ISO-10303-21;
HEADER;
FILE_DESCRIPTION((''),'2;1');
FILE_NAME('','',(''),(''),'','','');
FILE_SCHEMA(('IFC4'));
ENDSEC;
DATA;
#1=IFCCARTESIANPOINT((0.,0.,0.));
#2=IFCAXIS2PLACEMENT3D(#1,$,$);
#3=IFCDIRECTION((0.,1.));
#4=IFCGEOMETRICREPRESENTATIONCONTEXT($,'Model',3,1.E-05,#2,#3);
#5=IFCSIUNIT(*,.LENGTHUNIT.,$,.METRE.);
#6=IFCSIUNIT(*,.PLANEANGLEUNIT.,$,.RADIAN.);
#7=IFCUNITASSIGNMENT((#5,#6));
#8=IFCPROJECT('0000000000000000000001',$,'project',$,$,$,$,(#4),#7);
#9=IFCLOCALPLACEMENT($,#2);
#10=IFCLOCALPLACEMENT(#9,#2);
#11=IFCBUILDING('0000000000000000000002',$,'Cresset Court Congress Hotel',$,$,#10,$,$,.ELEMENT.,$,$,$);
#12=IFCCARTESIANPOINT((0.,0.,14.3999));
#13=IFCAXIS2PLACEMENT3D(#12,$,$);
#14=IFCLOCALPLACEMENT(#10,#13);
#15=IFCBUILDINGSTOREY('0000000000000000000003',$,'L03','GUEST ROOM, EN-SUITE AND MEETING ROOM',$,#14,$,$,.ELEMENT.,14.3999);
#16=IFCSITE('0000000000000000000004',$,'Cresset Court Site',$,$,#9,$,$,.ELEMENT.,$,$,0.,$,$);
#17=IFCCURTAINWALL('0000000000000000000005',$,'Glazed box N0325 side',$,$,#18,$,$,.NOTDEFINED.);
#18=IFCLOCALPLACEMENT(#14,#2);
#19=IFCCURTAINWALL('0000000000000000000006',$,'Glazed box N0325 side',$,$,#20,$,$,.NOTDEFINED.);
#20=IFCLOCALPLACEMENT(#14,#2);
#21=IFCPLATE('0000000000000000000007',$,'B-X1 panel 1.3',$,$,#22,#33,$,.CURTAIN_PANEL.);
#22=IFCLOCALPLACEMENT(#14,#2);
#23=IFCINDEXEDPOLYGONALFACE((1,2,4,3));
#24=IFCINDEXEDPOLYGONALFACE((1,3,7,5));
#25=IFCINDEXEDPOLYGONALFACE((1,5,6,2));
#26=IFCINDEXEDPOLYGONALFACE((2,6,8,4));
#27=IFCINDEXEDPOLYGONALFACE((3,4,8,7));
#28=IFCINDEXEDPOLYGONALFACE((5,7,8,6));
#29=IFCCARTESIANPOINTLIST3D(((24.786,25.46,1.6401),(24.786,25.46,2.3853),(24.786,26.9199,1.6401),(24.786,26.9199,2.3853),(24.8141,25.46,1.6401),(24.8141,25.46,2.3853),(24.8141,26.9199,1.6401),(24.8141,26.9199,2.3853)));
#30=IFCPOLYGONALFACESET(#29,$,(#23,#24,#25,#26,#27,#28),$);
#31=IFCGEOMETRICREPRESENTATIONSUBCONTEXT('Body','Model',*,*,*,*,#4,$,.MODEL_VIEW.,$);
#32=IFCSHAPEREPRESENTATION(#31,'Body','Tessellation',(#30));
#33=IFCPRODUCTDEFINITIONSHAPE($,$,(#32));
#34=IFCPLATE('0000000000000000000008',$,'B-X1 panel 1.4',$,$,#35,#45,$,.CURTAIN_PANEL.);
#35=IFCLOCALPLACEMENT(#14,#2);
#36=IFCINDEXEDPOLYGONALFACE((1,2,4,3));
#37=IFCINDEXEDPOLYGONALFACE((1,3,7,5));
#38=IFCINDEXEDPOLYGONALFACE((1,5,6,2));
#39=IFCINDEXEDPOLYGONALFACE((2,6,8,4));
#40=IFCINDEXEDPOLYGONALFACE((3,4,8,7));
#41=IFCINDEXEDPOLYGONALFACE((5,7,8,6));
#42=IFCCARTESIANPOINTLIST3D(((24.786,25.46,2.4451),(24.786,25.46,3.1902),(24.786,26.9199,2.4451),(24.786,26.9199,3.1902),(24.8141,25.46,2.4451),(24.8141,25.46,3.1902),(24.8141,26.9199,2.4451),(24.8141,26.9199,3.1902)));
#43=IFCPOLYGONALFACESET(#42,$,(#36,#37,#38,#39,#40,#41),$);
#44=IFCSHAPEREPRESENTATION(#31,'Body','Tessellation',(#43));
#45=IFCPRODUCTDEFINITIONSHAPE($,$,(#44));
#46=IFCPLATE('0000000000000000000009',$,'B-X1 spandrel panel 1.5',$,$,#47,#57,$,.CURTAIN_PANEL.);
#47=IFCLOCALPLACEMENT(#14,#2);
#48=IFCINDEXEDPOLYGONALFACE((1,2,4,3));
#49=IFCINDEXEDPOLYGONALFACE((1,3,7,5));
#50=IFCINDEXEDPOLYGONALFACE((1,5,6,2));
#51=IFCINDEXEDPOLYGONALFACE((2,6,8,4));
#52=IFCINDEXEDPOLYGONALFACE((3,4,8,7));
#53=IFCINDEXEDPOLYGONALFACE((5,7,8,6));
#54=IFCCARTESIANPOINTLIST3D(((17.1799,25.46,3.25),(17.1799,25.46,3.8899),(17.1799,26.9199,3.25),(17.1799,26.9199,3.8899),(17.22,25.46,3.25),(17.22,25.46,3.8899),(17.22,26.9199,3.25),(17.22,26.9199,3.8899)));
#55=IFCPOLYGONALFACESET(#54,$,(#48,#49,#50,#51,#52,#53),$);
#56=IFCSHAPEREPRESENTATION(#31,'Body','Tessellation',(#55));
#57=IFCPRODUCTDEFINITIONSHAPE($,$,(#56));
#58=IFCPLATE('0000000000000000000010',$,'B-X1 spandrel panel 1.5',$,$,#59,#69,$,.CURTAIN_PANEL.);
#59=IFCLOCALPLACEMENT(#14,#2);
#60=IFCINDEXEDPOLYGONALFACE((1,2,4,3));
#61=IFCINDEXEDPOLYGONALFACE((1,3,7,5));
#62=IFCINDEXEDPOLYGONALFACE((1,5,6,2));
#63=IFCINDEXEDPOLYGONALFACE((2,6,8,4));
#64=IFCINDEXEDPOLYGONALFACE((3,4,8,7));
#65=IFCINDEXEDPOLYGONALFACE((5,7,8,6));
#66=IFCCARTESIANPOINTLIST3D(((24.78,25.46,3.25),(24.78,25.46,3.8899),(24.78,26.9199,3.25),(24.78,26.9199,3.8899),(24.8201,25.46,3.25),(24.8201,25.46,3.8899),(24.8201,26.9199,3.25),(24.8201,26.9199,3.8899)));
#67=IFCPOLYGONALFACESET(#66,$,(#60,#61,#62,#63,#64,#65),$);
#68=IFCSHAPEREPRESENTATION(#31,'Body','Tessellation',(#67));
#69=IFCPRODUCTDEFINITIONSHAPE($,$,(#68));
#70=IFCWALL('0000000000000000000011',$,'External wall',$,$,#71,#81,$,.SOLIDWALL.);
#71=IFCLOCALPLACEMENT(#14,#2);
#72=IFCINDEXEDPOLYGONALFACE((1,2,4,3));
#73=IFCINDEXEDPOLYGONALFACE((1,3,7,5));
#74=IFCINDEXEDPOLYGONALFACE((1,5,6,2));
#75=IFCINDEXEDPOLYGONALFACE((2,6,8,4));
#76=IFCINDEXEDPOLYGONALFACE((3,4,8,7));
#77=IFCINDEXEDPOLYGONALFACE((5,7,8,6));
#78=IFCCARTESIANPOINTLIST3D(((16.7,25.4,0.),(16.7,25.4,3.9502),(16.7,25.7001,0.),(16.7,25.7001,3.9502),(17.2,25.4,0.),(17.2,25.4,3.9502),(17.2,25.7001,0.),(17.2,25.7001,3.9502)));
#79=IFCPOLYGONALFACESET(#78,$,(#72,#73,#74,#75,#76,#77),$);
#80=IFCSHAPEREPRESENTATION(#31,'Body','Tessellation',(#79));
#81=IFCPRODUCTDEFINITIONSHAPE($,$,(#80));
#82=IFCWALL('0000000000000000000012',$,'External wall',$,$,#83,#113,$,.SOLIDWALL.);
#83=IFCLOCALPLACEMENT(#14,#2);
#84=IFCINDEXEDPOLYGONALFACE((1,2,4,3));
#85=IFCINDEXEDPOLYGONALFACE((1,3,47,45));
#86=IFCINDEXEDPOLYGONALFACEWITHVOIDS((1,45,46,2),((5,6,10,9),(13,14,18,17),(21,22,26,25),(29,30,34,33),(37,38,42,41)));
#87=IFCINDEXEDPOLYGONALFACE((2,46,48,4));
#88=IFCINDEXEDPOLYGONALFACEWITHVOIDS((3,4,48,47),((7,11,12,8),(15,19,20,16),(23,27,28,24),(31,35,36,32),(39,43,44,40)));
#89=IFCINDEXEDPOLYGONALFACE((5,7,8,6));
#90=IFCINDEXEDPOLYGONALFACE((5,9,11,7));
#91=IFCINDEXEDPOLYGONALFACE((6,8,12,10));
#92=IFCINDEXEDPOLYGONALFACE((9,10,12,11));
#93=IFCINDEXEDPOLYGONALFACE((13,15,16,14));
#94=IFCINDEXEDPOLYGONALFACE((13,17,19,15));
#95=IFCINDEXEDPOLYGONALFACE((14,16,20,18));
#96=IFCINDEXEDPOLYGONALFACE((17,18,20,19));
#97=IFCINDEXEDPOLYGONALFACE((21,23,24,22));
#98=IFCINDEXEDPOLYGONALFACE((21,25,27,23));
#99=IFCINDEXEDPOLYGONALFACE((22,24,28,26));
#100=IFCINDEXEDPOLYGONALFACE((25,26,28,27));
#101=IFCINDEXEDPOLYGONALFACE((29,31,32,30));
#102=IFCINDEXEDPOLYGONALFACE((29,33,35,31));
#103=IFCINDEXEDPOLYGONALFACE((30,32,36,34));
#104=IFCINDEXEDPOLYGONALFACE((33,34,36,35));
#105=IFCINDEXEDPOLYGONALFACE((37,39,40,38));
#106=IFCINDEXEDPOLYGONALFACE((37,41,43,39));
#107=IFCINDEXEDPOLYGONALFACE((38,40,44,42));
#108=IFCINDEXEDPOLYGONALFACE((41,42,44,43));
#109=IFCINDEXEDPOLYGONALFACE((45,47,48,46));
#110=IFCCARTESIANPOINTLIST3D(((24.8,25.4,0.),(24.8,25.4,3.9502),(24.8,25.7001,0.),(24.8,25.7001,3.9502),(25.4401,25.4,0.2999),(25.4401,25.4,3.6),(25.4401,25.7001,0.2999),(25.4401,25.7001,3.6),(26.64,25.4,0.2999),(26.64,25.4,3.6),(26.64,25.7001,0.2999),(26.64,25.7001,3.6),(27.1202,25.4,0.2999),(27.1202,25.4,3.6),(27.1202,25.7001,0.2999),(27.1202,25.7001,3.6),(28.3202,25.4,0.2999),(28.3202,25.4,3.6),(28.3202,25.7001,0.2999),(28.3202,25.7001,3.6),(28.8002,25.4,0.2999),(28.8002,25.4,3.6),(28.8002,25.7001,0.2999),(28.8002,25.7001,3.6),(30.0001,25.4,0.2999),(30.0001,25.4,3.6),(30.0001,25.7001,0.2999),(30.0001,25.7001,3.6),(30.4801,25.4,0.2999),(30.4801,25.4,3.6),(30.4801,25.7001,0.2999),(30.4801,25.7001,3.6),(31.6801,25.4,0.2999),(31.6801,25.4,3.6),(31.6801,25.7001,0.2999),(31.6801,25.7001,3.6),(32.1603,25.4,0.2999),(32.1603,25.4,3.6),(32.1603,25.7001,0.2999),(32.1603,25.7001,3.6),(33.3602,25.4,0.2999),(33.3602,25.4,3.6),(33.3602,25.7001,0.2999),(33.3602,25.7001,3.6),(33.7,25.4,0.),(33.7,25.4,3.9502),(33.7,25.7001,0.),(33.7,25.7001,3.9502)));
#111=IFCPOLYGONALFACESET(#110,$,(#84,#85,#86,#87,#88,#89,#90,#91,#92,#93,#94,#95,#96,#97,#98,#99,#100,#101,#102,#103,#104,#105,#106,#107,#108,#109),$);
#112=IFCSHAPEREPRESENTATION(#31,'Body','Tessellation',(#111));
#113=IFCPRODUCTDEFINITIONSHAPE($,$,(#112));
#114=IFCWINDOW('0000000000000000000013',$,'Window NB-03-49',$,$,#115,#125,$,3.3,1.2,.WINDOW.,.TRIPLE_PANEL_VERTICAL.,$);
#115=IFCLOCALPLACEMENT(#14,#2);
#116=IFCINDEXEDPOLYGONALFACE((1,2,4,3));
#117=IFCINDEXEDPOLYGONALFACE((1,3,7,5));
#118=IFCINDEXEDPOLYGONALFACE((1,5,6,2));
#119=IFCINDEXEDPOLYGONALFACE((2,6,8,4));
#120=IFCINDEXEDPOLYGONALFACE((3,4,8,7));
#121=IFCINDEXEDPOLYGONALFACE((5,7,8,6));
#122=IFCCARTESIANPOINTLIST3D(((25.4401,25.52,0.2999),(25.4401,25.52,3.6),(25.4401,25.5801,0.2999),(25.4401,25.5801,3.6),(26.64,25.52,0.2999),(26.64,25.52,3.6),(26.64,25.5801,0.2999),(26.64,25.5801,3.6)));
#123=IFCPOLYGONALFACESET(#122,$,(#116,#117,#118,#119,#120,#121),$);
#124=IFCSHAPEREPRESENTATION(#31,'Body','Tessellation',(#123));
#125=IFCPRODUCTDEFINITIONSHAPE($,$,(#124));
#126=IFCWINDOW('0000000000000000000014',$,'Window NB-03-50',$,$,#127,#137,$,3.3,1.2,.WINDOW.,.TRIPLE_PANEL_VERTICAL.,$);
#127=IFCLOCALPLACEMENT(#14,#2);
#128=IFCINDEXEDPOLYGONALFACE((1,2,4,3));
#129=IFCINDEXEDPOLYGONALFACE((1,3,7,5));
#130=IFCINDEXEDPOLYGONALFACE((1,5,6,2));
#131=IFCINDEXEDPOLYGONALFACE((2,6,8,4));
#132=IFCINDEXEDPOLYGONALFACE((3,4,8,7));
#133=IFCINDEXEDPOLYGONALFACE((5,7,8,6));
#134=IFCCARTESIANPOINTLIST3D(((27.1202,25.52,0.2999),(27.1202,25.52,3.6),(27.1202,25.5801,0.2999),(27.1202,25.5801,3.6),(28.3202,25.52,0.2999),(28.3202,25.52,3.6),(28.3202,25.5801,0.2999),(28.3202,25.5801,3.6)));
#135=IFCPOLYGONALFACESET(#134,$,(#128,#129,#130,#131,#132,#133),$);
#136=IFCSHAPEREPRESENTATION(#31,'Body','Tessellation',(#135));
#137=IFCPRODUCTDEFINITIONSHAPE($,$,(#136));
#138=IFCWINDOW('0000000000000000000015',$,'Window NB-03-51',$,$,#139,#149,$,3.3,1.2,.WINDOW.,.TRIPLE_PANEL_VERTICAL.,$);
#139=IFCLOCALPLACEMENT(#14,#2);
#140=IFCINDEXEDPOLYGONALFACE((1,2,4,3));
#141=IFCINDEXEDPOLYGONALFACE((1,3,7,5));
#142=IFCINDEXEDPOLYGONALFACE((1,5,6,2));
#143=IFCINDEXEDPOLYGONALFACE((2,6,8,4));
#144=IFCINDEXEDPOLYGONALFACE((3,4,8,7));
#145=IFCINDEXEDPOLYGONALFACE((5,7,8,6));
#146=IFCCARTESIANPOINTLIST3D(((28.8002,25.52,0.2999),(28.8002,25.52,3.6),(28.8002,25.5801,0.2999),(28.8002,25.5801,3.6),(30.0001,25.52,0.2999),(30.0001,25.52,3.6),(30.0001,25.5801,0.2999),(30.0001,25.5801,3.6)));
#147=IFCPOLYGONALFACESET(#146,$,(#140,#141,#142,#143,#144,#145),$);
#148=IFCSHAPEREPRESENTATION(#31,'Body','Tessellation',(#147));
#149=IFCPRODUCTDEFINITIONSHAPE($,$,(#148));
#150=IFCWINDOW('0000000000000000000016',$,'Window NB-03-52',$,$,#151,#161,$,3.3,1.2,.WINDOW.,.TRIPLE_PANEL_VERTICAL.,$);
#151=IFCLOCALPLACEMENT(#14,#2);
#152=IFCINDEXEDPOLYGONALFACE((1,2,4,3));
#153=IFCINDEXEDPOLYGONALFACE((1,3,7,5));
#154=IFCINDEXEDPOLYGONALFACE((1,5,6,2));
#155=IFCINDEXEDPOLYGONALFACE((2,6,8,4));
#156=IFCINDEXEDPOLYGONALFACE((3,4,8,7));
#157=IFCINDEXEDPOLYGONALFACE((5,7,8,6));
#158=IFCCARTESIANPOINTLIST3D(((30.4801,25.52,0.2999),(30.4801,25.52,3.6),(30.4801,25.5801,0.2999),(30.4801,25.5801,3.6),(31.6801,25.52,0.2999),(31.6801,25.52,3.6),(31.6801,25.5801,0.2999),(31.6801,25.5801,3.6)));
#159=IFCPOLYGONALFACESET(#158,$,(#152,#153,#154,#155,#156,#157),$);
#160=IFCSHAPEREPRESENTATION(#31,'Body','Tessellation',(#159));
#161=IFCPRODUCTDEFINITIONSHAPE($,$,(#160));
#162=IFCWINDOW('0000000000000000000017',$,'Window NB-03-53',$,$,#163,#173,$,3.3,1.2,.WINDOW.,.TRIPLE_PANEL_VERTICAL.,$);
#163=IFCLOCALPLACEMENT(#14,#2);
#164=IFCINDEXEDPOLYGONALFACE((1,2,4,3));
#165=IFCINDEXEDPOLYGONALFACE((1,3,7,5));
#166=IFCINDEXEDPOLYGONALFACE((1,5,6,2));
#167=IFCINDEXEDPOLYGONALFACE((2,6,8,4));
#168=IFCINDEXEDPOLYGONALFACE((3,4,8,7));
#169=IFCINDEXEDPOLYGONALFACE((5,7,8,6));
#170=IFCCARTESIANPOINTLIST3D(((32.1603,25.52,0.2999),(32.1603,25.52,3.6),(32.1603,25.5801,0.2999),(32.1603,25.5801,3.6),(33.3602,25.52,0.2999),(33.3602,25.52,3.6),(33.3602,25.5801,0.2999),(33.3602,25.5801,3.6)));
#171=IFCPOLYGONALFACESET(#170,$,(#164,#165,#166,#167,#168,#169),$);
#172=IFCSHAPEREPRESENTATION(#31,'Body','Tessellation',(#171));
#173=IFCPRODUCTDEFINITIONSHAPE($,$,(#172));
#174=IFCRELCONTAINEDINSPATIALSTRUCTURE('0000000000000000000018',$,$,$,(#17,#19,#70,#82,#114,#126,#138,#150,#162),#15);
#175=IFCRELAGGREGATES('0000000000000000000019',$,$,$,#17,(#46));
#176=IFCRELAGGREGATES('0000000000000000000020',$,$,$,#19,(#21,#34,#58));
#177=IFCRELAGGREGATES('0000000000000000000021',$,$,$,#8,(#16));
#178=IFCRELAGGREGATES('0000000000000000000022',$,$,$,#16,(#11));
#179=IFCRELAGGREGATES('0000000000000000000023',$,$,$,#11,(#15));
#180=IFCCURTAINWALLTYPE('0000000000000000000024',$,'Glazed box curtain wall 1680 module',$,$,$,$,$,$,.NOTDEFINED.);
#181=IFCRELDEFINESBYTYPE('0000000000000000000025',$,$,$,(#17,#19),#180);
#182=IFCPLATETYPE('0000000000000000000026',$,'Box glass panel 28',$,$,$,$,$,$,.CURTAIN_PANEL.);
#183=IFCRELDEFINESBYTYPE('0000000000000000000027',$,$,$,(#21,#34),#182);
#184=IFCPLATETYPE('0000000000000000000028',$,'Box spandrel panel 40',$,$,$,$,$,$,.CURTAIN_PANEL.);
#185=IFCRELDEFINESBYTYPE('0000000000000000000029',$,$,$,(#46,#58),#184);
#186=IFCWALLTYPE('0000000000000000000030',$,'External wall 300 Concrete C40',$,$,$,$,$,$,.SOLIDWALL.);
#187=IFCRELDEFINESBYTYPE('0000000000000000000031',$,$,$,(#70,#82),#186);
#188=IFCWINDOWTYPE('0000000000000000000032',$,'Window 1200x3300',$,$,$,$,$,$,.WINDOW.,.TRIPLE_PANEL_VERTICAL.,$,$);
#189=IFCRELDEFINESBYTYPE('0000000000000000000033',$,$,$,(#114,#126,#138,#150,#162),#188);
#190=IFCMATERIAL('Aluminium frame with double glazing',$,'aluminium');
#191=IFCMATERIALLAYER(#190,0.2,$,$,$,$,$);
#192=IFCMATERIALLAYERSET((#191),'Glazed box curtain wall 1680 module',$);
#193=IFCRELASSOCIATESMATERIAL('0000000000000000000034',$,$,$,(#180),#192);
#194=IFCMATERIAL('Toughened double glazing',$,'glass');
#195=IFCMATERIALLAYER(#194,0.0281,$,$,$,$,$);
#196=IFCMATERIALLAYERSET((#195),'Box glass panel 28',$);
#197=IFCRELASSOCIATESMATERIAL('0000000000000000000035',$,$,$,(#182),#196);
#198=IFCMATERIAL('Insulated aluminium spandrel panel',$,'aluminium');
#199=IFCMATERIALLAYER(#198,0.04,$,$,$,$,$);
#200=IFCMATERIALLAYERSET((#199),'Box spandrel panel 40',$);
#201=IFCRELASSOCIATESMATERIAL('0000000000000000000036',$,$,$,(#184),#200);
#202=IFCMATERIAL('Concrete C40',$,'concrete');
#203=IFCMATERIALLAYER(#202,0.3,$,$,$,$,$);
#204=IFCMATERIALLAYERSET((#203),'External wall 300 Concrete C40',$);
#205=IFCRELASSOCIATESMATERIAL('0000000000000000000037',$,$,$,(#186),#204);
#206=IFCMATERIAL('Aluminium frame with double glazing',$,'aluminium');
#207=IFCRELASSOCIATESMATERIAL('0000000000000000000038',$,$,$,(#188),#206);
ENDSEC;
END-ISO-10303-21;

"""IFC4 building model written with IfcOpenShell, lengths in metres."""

from ifc_helpers import new_model, si_unit, direction, frame, frame_2d, origin, origin_2d, place, context, subcontext, project, spatial, rectangle, extrude, material, layer, layer_set, type_object, element, fill, aggregate, save


model = new_model("IFC4")

# Units and contexts
model_context = context("Model", 3, precision=1e-05, world=origin(), true_north=direction((0.0, 1.0)))
body_context = subcontext(model_context, "Body", "Model", "MODEL_VIEW")
ifc_project = project(units=[si_unit("LENGTHUNIT", "METRE"), si_unit("PLANEANGLEUNIT", "RADIAN")], contexts=[model_context])

# Site, building, storey
site_placement = place(None, origin())
site = spatial("IfcSite", under=ifc_project, at=site_placement, Name="Cresset Court Site", CompositionType="ELEMENT", RefElevation=0.0)
building_placement = place(site_placement, origin())
building = spatial("IfcBuilding", under=site, at=building_placement, Name="Cresset Court Congress Hotel", CompositionType="ELEMENT")
storey_placement = place(building_placement, frame((0.0, 0.0, 14.3999)))
storey = spatial("IfcBuildingStorey", under=building, at=storey_placement, Name="L03", Description="GUEST ROOM, EN-SUITE AND MEETING ROOM", CompositionType="ELEMENT", Elevation=14.3999)

# Curtain walls
ifc_material_1 = material(Name="Aluminium frame with double glazing", Category="aluminium")
ifc_layer_1 = layer(ifc_material_1, 0.2)
ifc_layer_set_1 = layer_set([ifc_layer_1], Name="Glazed box curtain wall 1680 module")
curtain_wall_type = type_object("IfcCurtainWallType", Name="Glazed box curtain wall 1680 module", PredefinedType="NOTDEFINED", material=ifc_layer_set_1)
curtain_wall_1_placement = place(storey_placement, origin())
curtain_wall_1 = element("IfcCurtainWall", 1, at=curtain_wall_1_placement, inside=storey, type_object=curtain_wall_type, Name="Glazed box N0325 side", PredefinedType="NOTDEFINED")
curtain_wall_2_placement = place(storey_placement, origin())
curtain_wall_2 = element("IfcCurtainWall", 2, at=curtain_wall_2_placement, inside=storey, type_object=curtain_wall_type, Name="Glazed box N0325 side", PredefinedType="NOTDEFINED")

# Plates
ifc_material_2 = material(Name="Toughened double glazing", Category="glass")
ifc_layer_2 = layer(ifc_material_2, 0.0281)
ifc_layer_set_2 = layer_set([ifc_layer_2], Name="Box glass panel 28")
plate_type_1 = type_object("IfcPlateType", Name="Box glass panel 28", PredefinedType="CURTAIN_PANEL", material=ifc_layer_set_2)
plate_1_placement = place(storey_placement, frame((24.8, 26.1899, 1.6401), z_axis=(0.0, 0.0, 1.0), x_axis=(0.0, 1.0, 0.0)))
plate_1 = element("IfcPlate", 3, at=plate_1_placement, type_object=plate_type_1, Name="B-X1 panel 1.3", PredefinedType="CURTAIN_PANEL", context=body_context, shape_type="SweptSolid", body=[
    extrude(rectangle(XDim=1.46, YDim=0.0281, at=origin_2d()), origin(), (0.0, 0.0, 1.0), 0.7451),
])
plate_2_placement = place(storey_placement, frame((24.8, 26.1899, 2.4451), z_axis=(0.0, 0.0, 1.0), x_axis=(0.0, 1.0, 0.0)))
plate_2 = element("IfcPlate", 4, at=plate_2_placement, type_object=plate_type_1, Name="B-X1 panel 1.4", PredefinedType="CURTAIN_PANEL", context=body_context, shape_type="SweptSolid", body=[
    extrude(rectangle(XDim=1.46, YDim=0.0281, at=origin_2d()), origin(), (0.0, 0.0, 1.0), 0.7451),
])
ifc_material_3 = material(Name="Insulated aluminium spandrel panel", Category="aluminium")
ifc_layer_3 = layer(ifc_material_3, 0.04)
ifc_layer_set_3 = layer_set([ifc_layer_3], Name="Box spandrel panel 40")
plate_type_2 = type_object("IfcPlateType", Name="Box spandrel panel 40", PredefinedType="CURTAIN_PANEL", material=ifc_layer_set_3)
plate_3_placement = place(storey_placement, frame((17.2, 26.1899, 3.25), z_axis=(0.0, 0.0, 1.0), x_axis=(0.0, 1.0, 0.0)))
plate_3 = element("IfcPlate", 5, at=plate_3_placement, type_object=plate_type_2, Name="B-X1 spandrel panel 1.5", PredefinedType="CURTAIN_PANEL", context=body_context, shape_type="SweptSolid", body=[
    extrude(rectangle(XDim=1.46, YDim=0.04, at=origin_2d()), origin(), (0.0, 0.0, 1.0), 0.6399),
])
aggregate(curtain_wall_1, [plate_3])
plate_4_placement = place(storey_placement, frame((24.8, 26.1899, 3.25), z_axis=(0.0, 0.0, 1.0), x_axis=(0.0, 1.0, 0.0)))
plate_4 = element("IfcPlate", 6, at=plate_4_placement, type_object=plate_type_2, Name="B-X1 spandrel panel 1.5", PredefinedType="CURTAIN_PANEL", context=body_context, shape_type="SweptSolid", body=[
    extrude(rectangle(XDim=1.46, YDim=0.04, at=origin_2d()), origin(), (0.0, 0.0, 1.0), 0.6399),
])
aggregate(curtain_wall_2, [plate_1, plate_2, plate_4])

# Wall
ifc_material_4 = material(Name="Concrete C40", Category="concrete")
ifc_layer_4 = layer(ifc_material_4, 0.3)
ifc_layer_set_4 = layer_set([ifc_layer_4], Name="External wall 300 Concrete C40")
wall_type = type_object("IfcWallType", Name="External wall 300 Concrete C40", PredefinedType="SOLIDWALL", material=ifc_layer_set_4)
wall_1_placement = place(storey_placement, frame((16.7, 25.55, 0.0), z_axis=(0.0, 0.0, 1.0), x_axis=(1.0, 0.0, 0.0)))
element("IfcWall", 7, at=wall_1_placement, inside=storey, type_object=wall_type, Name="External wall", PredefinedType="SOLIDWALL", context=body_context, shape_type="SweptSolid", body=[
    extrude(rectangle(XDim=0.5, YDim=0.3, at=frame_2d((0.25, 0.0))), origin(), (0.0, 0.0, 1.0), 3.9502),
])

# Wall, openings, windows
wall_2_placement = place(storey_placement, frame((24.8, 25.55, 0.0), z_axis=(0.0, 0.0, 1.0), x_axis=(1.0, 0.0, 0.0)))
wall_2 = element("IfcWall", 8, at=wall_2_placement, inside=storey, type_object=wall_type, Name="External wall", PredefinedType="SOLIDWALL", context=body_context, shape_type="SweptSolid", body=[
    extrude(rectangle(XDim=8.8999, YDim=0.3, at=frame_2d((4.45, 0.0))), origin(), (0.0, 0.0, 1.0), 3.9502),
])
opening_1_placement = place(wall_2_placement, frame((0.6399, 0.0, 0.3)))
opening_1 = element("IfcOpeningElement", 9, at=opening_1_placement, cuts=wall_2, PredefinedType="OPENING", context=body_context, shape_type="SweptSolid", body=[
    extrude(rectangle(XDim=1.2, YDim=3.3, at=frame_2d((0.6001, 1.6499))), frame((0.0, 0.1599, 0.0), z_axis=(0.0, -1.0, 0.0), x_axis=(1.0, 0.0, 0.0)), (0.0, 0.0, 1.0), 0.3201),
])
opening_2_placement = place(wall_2_placement, frame((2.3201, 0.0, 0.3)))
opening_2 = element("IfcOpeningElement", 10, at=opening_2_placement, cuts=wall_2, PredefinedType="OPENING", context=body_context, shape_type="SweptSolid", body=[
    extrude(rectangle(XDim=1.2, YDim=3.3, at=frame_2d((0.6001, 1.6499))), frame((0.0, 0.1599, 0.0), z_axis=(0.0, -1.0, 0.0), x_axis=(1.0, 0.0, 0.0)), (0.0, 0.0, 1.0), 0.3201),
])
opening_3_placement = place(wall_2_placement, frame((4.0, 0.0, 0.3)))
opening_3 = element("IfcOpeningElement", 11, at=opening_3_placement, cuts=wall_2, PredefinedType="OPENING", context=body_context, shape_type="SweptSolid", body=[
    extrude(rectangle(XDim=1.2, YDim=3.3, at=frame_2d((0.6001, 1.6499))), frame((0.0, 0.1599, 0.0), z_axis=(0.0, -1.0, 0.0), x_axis=(1.0, 0.0, 0.0)), (0.0, 0.0, 1.0), 0.3201),
])
opening_4_placement = place(wall_2_placement, frame((5.6799, 0.0, 0.3)))
opening_4 = element("IfcOpeningElement", 12, at=opening_4_placement, cuts=wall_2, PredefinedType="OPENING", context=body_context, shape_type="SweptSolid", body=[
    extrude(rectangle(XDim=1.2, YDim=3.3, at=frame_2d((0.6001, 1.6499))), frame((0.0, 0.1599, 0.0), z_axis=(0.0, -1.0, 0.0), x_axis=(1.0, 0.0, 0.0)), (0.0, 0.0, 1.0), 0.3201),
])
opening_5_placement = place(wall_2_placement, frame((7.3601, 0.0, 0.3)))
opening_5 = element("IfcOpeningElement", 13, at=opening_5_placement, cuts=wall_2, PredefinedType="OPENING", context=body_context, shape_type="SweptSolid", body=[
    extrude(rectangle(XDim=1.2, YDim=3.3, at=frame_2d((0.6001, 1.6499))), frame((0.0, 0.1599, 0.0), z_axis=(0.0, -1.0, 0.0), x_axis=(1.0, 0.0, 0.0)), (0.0, 0.0, 1.0), 0.3201),
])
ifc_material_5 = material(Name="Aluminium frame with double glazing", Category="aluminium")
window_type = type_object("IfcWindowType", Name="Window 1200x3300", PartitioningType="TRIPLE_PANEL_VERTICAL", PredefinedType="WINDOW", material=ifc_material_5)
window_1_placement = place(opening_1_placement, origin())
window_1 = element("IfcWindow", 14, at=window_1_placement, inside=storey, type_object=window_type, Name="Window NB-03-49", OverallHeight=3.3, OverallWidth=1.2, PartitioningType="TRIPLE_PANEL_VERTICAL", PredefinedType="WINDOW", context=body_context, shape_type="SweptSolid", body=[
    extrude(rectangle(XDim=1.2, YDim=3.3, at=frame_2d((0.6001, 1.6499))), frame((0.0, 0.03, 0.0), z_axis=(0.0, -1.0, 0.0), x_axis=(1.0, 0.0, 0.0)), (0.0, 0.0, 1.0), 0.0601),
])
fill(opening_1, window_1)
window_2_placement = place(opening_2_placement, origin())
window_2 = element("IfcWindow", 15, at=window_2_placement, inside=storey, type_object=window_type, Name="Window NB-03-50", OverallHeight=3.3, OverallWidth=1.2, PartitioningType="TRIPLE_PANEL_VERTICAL", PredefinedType="WINDOW", context=body_context, shape_type="SweptSolid", body=[
    extrude(rectangle(XDim=1.2, YDim=3.3, at=frame_2d((0.6001, 1.6499))), frame((0.0, 0.03, 0.0), z_axis=(0.0, -1.0, 0.0), x_axis=(1.0, 0.0, 0.0)), (0.0, 0.0, 1.0), 0.0601),
])
fill(opening_2, window_2)
window_3_placement = place(opening_3_placement, origin())
window_3 = element("IfcWindow", 16, at=window_3_placement, inside=storey, type_object=window_type, Name="Window NB-03-51", OverallHeight=3.3, OverallWidth=1.2, PartitioningType="TRIPLE_PANEL_VERTICAL", PredefinedType="WINDOW", context=body_context, shape_type="SweptSolid", body=[
    extrude(rectangle(XDim=1.2, YDim=3.3, at=frame_2d((0.6001, 1.6499))), frame((0.0, 0.03, 0.0), z_axis=(0.0, -1.0, 0.0), x_axis=(1.0, 0.0, 0.0)), (0.0, 0.0, 1.0), 0.0601),
])
fill(opening_3, window_3)
window_4_placement = place(opening_4_placement, origin())
window_4 = element("IfcWindow", 17, at=window_4_placement, inside=storey, type_object=window_type, Name="Window NB-03-52", OverallHeight=3.3, OverallWidth=1.2, PartitioningType="TRIPLE_PANEL_VERTICAL", PredefinedType="WINDOW", context=body_context, shape_type="SweptSolid", body=[
    extrude(rectangle(XDim=1.2, YDim=3.3, at=frame_2d((0.6001, 1.6499))), frame((0.0, 0.03, 0.0), z_axis=(0.0, -1.0, 0.0), x_axis=(1.0, 0.0, 0.0)), (0.0, 0.0, 1.0), 0.0601),
])
fill(opening_4, window_4)
window_5_placement = place(opening_5_placement, origin())
window_5 = element("IfcWindow", 18, at=window_5_placement, inside=storey, type_object=window_type, Name="Window NB-03-53", OverallHeight=3.3, OverallWidth=1.2, PartitioningType="TRIPLE_PANEL_VERTICAL", PredefinedType="WINDOW", context=body_context, shape_type="SweptSolid", body=[
    extrude(rectangle(XDim=1.2, YDim=3.3, at=frame_2d((0.6001, 1.6499))), frame((0.0, 0.03, 0.0), z_axis=(0.0, -1.0, 0.0), x_axis=(1.0, 0.0, 0.0)), (0.0, 0.0, 1.0), 0.0601),
])
fill(opening_5, window_5)

save(model, "model.ifc")
